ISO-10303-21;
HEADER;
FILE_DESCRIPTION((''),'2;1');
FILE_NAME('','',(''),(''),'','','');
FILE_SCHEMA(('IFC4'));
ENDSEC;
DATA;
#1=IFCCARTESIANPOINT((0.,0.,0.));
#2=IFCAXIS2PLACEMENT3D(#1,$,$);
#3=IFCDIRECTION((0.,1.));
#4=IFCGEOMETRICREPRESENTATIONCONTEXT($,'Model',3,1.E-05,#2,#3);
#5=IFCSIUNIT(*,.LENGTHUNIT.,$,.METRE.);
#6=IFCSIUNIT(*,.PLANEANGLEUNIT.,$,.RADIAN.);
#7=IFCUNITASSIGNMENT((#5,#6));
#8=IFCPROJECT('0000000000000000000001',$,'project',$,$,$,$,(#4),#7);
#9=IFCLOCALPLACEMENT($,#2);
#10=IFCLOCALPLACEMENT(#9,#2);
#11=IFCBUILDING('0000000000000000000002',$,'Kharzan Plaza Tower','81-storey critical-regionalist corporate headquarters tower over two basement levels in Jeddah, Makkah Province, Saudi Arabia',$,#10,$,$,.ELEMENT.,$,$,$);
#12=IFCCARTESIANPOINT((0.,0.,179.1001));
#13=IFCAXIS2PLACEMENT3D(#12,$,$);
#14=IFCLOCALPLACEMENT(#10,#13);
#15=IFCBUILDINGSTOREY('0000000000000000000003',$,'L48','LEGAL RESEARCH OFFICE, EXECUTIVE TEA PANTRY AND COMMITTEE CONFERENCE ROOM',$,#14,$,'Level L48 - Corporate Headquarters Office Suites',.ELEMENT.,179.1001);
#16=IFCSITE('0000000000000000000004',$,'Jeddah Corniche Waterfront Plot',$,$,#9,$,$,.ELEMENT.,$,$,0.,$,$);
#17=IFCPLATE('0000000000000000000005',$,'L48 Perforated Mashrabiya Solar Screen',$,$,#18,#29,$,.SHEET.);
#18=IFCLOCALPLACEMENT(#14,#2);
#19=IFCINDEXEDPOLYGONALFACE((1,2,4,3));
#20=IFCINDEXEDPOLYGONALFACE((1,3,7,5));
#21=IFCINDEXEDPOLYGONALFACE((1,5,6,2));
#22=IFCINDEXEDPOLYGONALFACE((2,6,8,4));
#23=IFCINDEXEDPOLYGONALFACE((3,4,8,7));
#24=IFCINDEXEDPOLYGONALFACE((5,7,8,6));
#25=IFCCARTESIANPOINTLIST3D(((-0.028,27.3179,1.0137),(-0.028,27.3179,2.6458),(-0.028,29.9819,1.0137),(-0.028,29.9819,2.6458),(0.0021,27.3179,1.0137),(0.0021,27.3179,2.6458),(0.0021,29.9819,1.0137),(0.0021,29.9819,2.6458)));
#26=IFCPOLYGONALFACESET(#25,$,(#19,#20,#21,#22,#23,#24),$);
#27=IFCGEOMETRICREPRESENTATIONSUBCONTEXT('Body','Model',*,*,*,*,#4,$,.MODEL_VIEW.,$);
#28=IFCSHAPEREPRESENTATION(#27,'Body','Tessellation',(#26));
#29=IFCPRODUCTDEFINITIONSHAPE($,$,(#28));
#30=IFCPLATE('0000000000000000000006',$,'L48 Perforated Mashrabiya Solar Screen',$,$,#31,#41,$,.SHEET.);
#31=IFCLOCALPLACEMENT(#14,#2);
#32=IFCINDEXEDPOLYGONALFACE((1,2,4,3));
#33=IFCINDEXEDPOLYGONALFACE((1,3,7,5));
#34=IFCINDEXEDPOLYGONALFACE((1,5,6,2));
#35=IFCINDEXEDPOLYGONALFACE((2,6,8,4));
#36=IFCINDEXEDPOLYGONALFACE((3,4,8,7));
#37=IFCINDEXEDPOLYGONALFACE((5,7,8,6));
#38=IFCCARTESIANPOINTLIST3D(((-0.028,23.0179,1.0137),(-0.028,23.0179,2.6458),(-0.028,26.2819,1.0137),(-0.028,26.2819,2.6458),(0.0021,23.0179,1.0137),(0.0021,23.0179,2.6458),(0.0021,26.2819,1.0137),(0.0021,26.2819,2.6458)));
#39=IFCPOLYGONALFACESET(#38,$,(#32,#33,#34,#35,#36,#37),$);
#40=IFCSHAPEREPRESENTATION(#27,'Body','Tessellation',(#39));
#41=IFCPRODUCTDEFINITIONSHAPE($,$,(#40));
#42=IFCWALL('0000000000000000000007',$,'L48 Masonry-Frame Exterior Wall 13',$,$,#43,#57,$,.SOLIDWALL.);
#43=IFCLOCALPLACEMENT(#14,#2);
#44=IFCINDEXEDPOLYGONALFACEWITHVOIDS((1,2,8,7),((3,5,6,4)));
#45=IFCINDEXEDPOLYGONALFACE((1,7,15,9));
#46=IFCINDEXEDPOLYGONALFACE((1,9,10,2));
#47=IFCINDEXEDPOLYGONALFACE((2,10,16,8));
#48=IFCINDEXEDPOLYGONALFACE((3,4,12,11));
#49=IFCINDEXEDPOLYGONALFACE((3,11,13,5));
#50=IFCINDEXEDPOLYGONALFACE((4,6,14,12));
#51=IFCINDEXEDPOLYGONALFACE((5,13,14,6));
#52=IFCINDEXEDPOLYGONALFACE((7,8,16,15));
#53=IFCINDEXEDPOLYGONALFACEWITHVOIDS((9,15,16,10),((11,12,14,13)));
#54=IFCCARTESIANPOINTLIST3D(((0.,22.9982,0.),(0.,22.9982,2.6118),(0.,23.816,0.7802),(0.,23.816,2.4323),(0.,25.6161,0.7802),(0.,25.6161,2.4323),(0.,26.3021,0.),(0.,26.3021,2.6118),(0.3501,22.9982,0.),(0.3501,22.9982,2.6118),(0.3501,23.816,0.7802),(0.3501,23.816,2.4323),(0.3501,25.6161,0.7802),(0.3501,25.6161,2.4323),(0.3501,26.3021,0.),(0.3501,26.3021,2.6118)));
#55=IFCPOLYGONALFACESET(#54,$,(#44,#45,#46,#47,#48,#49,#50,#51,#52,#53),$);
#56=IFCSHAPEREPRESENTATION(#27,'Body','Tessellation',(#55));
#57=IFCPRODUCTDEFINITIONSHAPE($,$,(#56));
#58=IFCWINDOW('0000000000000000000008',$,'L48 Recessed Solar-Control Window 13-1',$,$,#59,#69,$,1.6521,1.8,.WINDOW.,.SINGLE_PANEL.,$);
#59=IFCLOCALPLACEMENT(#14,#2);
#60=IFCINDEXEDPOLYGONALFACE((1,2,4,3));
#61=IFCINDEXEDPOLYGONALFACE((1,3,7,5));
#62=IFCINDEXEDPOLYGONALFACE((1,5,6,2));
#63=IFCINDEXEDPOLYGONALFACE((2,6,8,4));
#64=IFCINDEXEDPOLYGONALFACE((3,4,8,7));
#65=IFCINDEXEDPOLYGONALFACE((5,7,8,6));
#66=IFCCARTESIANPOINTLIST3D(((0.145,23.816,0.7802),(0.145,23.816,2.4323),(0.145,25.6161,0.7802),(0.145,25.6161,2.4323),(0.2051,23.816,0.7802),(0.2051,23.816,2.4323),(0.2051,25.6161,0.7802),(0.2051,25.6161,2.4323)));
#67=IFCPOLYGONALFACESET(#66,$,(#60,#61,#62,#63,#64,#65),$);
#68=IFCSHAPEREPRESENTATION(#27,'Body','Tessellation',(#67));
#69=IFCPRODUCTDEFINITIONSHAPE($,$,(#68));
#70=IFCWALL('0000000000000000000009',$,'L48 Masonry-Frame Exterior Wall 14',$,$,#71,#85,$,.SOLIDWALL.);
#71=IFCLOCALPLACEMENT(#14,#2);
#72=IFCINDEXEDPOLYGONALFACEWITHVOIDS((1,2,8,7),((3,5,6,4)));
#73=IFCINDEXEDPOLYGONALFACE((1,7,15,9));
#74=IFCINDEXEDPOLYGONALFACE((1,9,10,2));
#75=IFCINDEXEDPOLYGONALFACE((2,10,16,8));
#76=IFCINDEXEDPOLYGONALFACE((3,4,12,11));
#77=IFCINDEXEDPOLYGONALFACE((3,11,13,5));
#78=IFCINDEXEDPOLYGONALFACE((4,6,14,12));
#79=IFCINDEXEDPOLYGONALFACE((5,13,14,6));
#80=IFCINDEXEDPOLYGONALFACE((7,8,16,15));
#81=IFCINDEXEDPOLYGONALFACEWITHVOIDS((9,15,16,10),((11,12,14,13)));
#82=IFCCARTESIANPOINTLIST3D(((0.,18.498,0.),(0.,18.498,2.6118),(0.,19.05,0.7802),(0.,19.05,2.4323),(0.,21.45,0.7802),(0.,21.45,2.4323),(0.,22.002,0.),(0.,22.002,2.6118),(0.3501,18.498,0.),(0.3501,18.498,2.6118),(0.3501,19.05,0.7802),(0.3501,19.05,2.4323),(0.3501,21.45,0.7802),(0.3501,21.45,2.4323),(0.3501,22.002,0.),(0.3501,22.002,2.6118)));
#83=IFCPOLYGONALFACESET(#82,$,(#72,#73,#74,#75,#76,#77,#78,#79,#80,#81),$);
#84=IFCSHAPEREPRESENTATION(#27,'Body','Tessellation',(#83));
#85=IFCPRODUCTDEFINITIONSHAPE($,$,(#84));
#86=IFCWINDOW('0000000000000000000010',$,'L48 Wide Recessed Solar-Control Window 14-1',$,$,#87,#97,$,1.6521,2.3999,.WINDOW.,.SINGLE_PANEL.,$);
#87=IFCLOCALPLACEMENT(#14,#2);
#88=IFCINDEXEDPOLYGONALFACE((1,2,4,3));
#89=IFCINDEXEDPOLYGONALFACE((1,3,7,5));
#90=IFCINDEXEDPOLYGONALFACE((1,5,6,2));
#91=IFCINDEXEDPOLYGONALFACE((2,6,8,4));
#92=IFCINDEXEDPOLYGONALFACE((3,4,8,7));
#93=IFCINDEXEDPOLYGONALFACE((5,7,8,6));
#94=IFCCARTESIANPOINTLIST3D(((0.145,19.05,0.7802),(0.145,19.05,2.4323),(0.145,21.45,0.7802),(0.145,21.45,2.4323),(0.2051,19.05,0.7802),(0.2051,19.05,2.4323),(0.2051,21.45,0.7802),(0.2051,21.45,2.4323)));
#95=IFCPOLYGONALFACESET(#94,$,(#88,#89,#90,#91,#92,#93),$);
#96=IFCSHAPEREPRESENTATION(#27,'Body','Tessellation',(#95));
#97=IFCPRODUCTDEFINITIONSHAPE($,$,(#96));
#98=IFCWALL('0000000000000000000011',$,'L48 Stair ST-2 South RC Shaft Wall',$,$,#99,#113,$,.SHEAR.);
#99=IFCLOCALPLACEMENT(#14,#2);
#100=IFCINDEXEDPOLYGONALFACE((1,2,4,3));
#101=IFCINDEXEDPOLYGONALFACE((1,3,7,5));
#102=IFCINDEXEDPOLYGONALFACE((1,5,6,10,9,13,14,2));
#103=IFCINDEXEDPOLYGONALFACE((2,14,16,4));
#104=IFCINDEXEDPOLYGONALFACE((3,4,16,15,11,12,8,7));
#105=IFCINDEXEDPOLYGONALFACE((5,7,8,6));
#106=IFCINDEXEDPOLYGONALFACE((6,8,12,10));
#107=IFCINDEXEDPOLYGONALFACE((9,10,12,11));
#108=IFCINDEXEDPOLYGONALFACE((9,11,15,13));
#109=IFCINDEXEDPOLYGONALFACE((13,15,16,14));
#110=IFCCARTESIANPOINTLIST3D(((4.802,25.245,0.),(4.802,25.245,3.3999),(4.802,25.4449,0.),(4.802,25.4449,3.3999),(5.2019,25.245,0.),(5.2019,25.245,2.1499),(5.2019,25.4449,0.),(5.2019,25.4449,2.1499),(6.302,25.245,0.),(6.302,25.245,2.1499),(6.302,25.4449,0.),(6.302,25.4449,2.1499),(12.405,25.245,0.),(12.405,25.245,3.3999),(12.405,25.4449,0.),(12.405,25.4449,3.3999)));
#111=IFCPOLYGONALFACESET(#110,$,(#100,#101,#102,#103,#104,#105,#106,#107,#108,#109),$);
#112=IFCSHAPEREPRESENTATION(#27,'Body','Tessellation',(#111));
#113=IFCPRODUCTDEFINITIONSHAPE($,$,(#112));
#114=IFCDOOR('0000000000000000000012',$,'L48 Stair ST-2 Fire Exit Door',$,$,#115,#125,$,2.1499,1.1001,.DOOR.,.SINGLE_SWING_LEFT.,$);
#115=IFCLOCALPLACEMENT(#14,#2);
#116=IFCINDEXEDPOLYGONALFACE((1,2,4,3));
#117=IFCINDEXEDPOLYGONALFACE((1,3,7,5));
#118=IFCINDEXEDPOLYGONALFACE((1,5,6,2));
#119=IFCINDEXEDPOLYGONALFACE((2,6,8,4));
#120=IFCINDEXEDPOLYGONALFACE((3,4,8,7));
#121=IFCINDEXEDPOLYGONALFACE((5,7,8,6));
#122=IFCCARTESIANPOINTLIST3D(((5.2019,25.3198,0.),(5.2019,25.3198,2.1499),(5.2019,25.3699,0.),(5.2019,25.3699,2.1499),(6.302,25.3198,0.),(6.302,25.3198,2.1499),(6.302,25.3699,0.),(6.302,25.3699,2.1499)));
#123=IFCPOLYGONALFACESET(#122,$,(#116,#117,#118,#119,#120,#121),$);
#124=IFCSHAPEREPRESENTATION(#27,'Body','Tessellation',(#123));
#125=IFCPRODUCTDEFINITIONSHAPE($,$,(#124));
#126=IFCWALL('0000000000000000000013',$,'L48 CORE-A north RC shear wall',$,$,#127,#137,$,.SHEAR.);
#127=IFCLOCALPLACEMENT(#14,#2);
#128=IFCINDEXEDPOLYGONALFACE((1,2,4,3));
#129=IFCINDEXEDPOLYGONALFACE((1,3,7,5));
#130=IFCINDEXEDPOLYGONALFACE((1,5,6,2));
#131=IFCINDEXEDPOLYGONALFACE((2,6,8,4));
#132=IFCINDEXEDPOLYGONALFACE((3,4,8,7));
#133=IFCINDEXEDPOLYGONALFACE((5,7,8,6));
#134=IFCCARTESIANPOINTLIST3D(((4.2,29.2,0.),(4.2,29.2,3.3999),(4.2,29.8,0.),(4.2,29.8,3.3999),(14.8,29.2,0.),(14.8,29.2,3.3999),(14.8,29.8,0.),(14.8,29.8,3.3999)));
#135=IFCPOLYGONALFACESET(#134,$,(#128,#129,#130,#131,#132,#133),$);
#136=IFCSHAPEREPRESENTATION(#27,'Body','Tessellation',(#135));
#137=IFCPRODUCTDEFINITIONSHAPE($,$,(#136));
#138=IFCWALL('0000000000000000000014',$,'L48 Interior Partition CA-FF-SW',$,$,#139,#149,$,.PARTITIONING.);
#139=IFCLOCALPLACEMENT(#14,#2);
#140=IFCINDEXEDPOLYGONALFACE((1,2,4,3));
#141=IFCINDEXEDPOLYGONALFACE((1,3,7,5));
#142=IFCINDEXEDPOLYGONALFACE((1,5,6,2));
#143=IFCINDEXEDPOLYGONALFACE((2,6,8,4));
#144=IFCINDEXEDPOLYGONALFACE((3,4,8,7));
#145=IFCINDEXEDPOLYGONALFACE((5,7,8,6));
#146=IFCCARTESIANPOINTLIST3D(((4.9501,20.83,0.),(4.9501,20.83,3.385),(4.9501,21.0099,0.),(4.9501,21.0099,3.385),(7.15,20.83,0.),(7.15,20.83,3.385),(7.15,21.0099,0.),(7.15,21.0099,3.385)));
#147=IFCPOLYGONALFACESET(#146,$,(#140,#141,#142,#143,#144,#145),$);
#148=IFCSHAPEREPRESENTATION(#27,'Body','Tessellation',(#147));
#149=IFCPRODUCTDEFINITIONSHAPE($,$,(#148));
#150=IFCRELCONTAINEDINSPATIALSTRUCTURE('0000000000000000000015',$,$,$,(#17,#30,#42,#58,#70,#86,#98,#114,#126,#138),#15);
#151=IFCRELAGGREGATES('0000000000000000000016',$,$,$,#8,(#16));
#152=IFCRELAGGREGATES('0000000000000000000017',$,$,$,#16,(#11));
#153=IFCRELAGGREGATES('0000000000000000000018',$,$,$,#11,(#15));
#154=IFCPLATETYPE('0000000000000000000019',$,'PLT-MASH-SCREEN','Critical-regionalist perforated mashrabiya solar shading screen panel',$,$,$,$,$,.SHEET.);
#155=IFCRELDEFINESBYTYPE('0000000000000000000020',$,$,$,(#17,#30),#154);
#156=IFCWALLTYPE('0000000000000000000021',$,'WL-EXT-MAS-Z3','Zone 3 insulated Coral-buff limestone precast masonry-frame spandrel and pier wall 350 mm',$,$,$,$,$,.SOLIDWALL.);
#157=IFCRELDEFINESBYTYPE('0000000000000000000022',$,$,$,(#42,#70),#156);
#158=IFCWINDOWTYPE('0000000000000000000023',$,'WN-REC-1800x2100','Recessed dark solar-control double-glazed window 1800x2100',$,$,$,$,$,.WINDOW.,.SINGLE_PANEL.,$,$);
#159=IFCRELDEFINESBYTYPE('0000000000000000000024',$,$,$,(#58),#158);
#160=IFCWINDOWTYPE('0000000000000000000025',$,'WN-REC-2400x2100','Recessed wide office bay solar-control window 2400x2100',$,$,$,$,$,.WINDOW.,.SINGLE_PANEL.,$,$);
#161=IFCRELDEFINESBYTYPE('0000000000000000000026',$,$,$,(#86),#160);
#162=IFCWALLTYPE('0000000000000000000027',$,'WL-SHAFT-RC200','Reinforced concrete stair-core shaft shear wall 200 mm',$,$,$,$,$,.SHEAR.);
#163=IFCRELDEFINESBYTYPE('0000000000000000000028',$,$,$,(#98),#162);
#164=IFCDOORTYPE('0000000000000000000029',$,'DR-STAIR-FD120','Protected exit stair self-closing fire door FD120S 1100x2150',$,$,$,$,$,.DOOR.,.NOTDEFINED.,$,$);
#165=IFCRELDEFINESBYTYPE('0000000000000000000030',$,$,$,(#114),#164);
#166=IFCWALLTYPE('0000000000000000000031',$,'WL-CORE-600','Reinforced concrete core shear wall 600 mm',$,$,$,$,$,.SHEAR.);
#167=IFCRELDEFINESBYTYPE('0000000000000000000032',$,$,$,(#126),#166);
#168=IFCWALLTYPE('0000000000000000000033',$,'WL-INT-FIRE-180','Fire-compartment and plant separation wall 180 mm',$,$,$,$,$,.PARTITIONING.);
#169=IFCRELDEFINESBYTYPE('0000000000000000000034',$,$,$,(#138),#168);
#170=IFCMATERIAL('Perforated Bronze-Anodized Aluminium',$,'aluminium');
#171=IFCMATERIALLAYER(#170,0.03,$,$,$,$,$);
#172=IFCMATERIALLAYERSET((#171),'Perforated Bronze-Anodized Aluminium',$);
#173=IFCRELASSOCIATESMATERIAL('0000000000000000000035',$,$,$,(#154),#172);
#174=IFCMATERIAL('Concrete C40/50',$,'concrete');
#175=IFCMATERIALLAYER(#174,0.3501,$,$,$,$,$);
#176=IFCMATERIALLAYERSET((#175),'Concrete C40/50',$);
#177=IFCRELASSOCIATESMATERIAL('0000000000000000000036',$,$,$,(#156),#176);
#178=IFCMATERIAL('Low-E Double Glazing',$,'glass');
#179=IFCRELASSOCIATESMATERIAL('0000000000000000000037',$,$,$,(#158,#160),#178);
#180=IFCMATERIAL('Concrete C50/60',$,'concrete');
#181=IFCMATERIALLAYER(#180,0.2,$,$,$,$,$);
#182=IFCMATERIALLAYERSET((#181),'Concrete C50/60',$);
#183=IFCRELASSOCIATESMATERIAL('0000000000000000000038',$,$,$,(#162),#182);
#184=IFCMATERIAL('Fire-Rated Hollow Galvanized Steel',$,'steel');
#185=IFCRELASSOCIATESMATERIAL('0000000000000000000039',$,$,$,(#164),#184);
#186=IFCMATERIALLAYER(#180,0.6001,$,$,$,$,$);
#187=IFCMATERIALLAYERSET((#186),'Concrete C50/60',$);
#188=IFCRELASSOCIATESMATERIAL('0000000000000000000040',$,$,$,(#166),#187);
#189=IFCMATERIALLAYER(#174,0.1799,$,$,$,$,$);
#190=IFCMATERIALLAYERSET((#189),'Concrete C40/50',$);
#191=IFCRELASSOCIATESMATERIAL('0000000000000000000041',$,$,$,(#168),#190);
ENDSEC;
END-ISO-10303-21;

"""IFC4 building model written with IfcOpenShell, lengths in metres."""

from ifc_helpers import new_model, si_unit, direction, frame, frame_2d, origin, origin_2d, place, context, subcontext, project, spatial, rectangle, extrude, source, transform, mapped, material, layer, layer_set, type_object, element, fill, save


model = new_model("IFC4")

# Units and contexts
model_context = context("Model", 3, precision=1e-05, world=origin(), true_north=direction((0.0, 1.0)))
body_context = subcontext(model_context, "Body", "Model", "MODEL_VIEW")
ifc_project = project(units=[si_unit("LENGTHUNIT", "METRE"), si_unit("PLANEANGLEUNIT", "RADIAN")], contexts=[model_context])

# Site, building, storey
site_placement = place(None, origin())
site = spatial("IfcSite", under=ifc_project, at=site_placement, Name="Jeddah Corniche Waterfront Plot", CompositionType="ELEMENT", RefElevation=0.0)
building_placement = place(site_placement, origin())
building = spatial("IfcBuilding", under=site, at=building_placement, Name="Kharzan Plaza Tower", Description="81-storey critical-regionalist corporate headquarters tower over two basement levels in Jeddah, Makkah Province, Saudi Arabia", CompositionType="ELEMENT")
storey_placement = place(building_placement, frame((0.0, 0.0, 179.1001)))
storey = spatial("IfcBuildingStorey", under=building, at=storey_placement, Name="L48", Description="LEGAL RESEARCH OFFICE, EXECUTIVE TEA PANTRY AND COMMITTEE CONFERENCE ROOM", LongName="Level L48 - Corporate Headquarters Office Suites", CompositionType="ELEMENT", Elevation=179.1001)

# Shared definitions
ifc_material_1 = material(Name="Concrete C50/60", Category="concrete")

# Plates
ifc_material_2 = material(Name="Perforated Bronze-Anodized Aluminium", Category="aluminium")
ifc_layer_1 = layer(ifc_material_2, 0.03)
ifc_layer_set_1 = layer_set([ifc_layer_1], Name="Perforated Bronze-Anodized Aluminium")
plate_type = type_object("IfcPlateType", Name="PLT-MASH-SCREEN", Description="Critical-regionalist perforated mashrabiya solar shading screen panel", PredefinedType="SHEET", material=ifc_layer_set_1)
shared_shape_1 = source(origin(), body_context, "Body", "SweptSolid", [
    extrude(rectangle(XDim=2.6641, YDim=0.03, at=origin_2d()), origin(), (0.0, 0.0, 1.0), 1.6321),
])
plate_1_placement = place(storey_placement, frame((-0.0129, 28.6499, 1.0137), z_axis=(0.0, 0.0, 1.0), x_axis=(0.0, -1.0, 0.0)))
element("IfcPlate", 1, at=plate_1_placement, inside=storey, type_object=plate_type, Name="L48 Perforated Mashrabiya Solar Screen", PredefinedType="SHEET", context=body_context, shape_type="MappedRepresentation", body=[
    mapped(shared_shape_1, transform((0.0, 0.0, 0.0), x_axis=(1.0, 0.0, 0.0), y_axis=(0.0, 1.0, 0.0), z_axis=(0.0, 0.0, 1.0))),
])
shared_shape_2 = source(origin(), body_context, "Body", "SweptSolid", [
    extrude(rectangle(XDim=3.2639, YDim=0.03, at=origin_2d()), origin(), (0.0, 0.0, 1.0), 1.6321),
])
plate_2_placement = place(storey_placement, frame((-0.0129, 24.6499, 1.0137), z_axis=(0.0, 0.0, 1.0), x_axis=(0.0, -1.0, 0.0)))
element("IfcPlate", 2, at=plate_2_placement, inside=storey, type_object=plate_type, Name="L48 Perforated Mashrabiya Solar Screen", PredefinedType="SHEET", context=body_context, shape_type="MappedRepresentation", body=[
    mapped(shared_shape_2, transform((0.0, 0.0, 0.0), x_axis=(1.0, 0.0, 0.0), y_axis=(0.0, 1.0, 0.0), z_axis=(0.0, 0.0, 1.0))),
])

# Walls, openings, windows
ifc_material_3 = material(Name="Concrete C40/50", Category="concrete")
ifc_layer_2 = layer(ifc_material_3, 0.3501)
ifc_layer_set_2 = layer_set([ifc_layer_2], Name="Concrete C40/50")
wall_type_1 = type_object("IfcWallType", Name="WL-EXT-MAS-Z3", Description="Zone 3 insulated Coral-buff limestone precast masonry-frame spandrel and pier wall 350 mm", PredefinedType="SOLIDWALL", material=ifc_layer_set_2)
wall_1_placement = place(storey_placement, frame((0.175, 26.302, 0.0), z_axis=(0.0, 0.0, 1.0), x_axis=(0.0, -1.0, 0.0)))
wall_1 = element("IfcWall", 3, at=wall_1_placement, inside=storey, type_object=wall_type_1, Name="L48 Masonry-Frame Exterior Wall 13", PredefinedType="SOLIDWALL", context=body_context, shape_type="SweptSolid", body=[
    extrude(rectangle(XDim=3.304, YDim=0.3501, at=frame_2d((1.6519, 0.0))), origin(), (0.0, 0.0, 1.0), 2.6118),
])
opening_1_placement = place(wall_1_placement, frame((0.686, 0.0, 0.78)))
opening_1 = element("IfcOpeningElement", 4, at=opening_1_placement, cuts=wall_1, PredefinedType="OPENING", context=body_context, shape_type="SweptSolid", body=[
    extrude(rectangle(XDim=1.8, YDim=1.6521, at=frame_2d((0.8999, 0.8262))), frame((0.0, 0.1851, 0.0), z_axis=(0.0, -1.0, 0.0), x_axis=(1.0, 0.0, 0.0)), (0.0, 0.0, 1.0), 0.3701),
])
ifc_material_4 = material(Name="Low-E Double Glazing", Category="glass")
window_type_1 = type_object("IfcWindowType", Name="WN-REC-1800x2100", Description="Recessed dark solar-control double-glazed window 1800x2100", PartitioningType="SINGLE_PANEL", PredefinedType="WINDOW", material=ifc_material_4)
shared_shape_3 = source(origin(), body_context, "Body", "SweptSolid", [
    extrude(rectangle(XDim=1.8, YDim=1.6521, at=frame_2d((0.8999, 0.8262))), frame((0.0, 0.03, 0.0), z_axis=(0.0, -1.0, 0.0), x_axis=(1.0, 0.0, 0.0)), (0.0, 0.0, 1.0), 0.0601),
])
window_1_placement = place(opening_1_placement, origin())
window_1 = element("IfcWindow", 5, at=window_1_placement, inside=storey, type_object=window_type_1, Name="L48 Recessed Solar-Control Window 13-1", OverallHeight=1.6521, OverallWidth=1.8, PartitioningType="SINGLE_PANEL", PredefinedType="WINDOW", context=body_context, shape_type="MappedRepresentation", body=[
    mapped(shared_shape_3, transform((0.0, 0.0, 0.0), x_axis=(1.0, 0.0, 0.0), y_axis=(0.0, 1.0, 0.0), z_axis=(0.0, 0.0, 1.0))),
])
fill(opening_1, window_1)
wall_2_placement = place(storey_placement, frame((0.175, 22.002, 0.0), z_axis=(0.0, 0.0, 1.0), x_axis=(0.0, -1.0, 0.0)))
wall_2 = element("IfcWall", 6, at=wall_2_placement, inside=storey, type_object=wall_type_1, Name="L48 Masonry-Frame Exterior Wall 14", PredefinedType="SOLIDWALL", context=body_context, shape_type="SweptSolid", body=[
    extrude(rectangle(XDim=3.5039, YDim=0.3501, at=frame_2d((1.752, 0.0))), origin(), (0.0, 0.0, 1.0), 2.6118),
])
opening_2_placement = place(wall_2_placement, frame((0.552, 0.0, 0.78)))
opening_2 = element("IfcOpeningElement", 7, at=opening_2_placement, cuts=wall_2, PredefinedType="OPENING", context=body_context, shape_type="SweptSolid", body=[
    extrude(rectangle(XDim=2.3999, YDim=1.6521, at=frame_2d((1.2, 0.8262))), frame((0.0, 0.1851, 0.0), z_axis=(0.0, -1.0, 0.0), x_axis=(1.0, 0.0, 0.0)), (0.0, 0.0, 1.0), 0.3701),
])
window_type_2 = type_object("IfcWindowType", Name="WN-REC-2400x2100", Description="Recessed wide office bay solar-control window 2400x2100", PartitioningType="SINGLE_PANEL", PredefinedType="WINDOW", material=ifc_material_4)
shared_shape_4 = source(origin(), body_context, "Body", "SweptSolid", [
    extrude(rectangle(XDim=2.3999, YDim=1.6521, at=frame_2d((1.2, 0.8262))), frame((0.0, 0.03, 0.0), z_axis=(0.0, -1.0, 0.0), x_axis=(1.0, 0.0, 0.0)), (0.0, 0.0, 1.0), 0.0601),
])
window_2_placement = place(opening_2_placement, origin())
window_2 = element("IfcWindow", 8, at=window_2_placement, inside=storey, type_object=window_type_2, Name="L48 Wide Recessed Solar-Control Window 14-1", OverallHeight=1.6521, OverallWidth=2.3999, PartitioningType="SINGLE_PANEL", PredefinedType="WINDOW", context=body_context, shape_type="MappedRepresentation", body=[
    mapped(shared_shape_4, transform((0.0, 0.0, 0.0), x_axis=(1.0, 0.0, 0.0), y_axis=(0.0, 1.0, 0.0), z_axis=(0.0, 0.0, 1.0))),
])
fill(opening_2, window_2)

# Wall, opening, door
ifc_layer_3 = layer(ifc_material_1, 0.2)
ifc_layer_set_3 = layer_set([ifc_layer_3], Name="Concrete C50/60")
wall_type_2 = type_object("IfcWallType", Name="WL-SHAFT-RC200", Description="Reinforced concrete stair-core shaft shear wall 200 mm", PredefinedType="SHEAR", material=ifc_layer_set_3)
wall_3_placement = place(storey_placement, frame((4.802, 25.345, 0.0), z_axis=(0.0, 0.0, 1.0), x_axis=(1.0, 0.0, 0.0)))
wall_3 = element("IfcWall", 9, at=wall_3_placement, inside=storey, type_object=wall_type_2, Name="L48 Stair ST-2 South RC Shaft Wall", PredefinedType="SHEAR", context=body_context, shape_type="SweptSolid", body=[
    extrude(rectangle(XDim=7.603, YDim=0.2, at=frame_2d((3.8015, 0.0))), origin(), (0.0, 0.0, 1.0), 3.3999),
])
opening_3_placement = place(wall_3_placement, frame((0.3999, 0.0, 0.0)))
opening_3 = element("IfcOpeningElement", 10, at=opening_3_placement, cuts=wall_3, PredefinedType="OPENING", context=body_context, shape_type="SweptSolid", body=[
    extrude(rectangle(XDim=1.1001, YDim=2.1499, at=frame_2d((0.55, 1.075))), frame((0.0, 0.1099, 0.0), z_axis=(0.0, -1.0, 0.0), x_axis=(1.0, 0.0, 0.0)), (0.0, 0.0, 1.0), 0.22),
])
ifc_material_5 = material(Name="Fire-Rated Hollow Galvanized Steel", Category="steel")
door_type = type_object("IfcDoorType", Name="DR-STAIR-FD120", Description="Protected exit stair self-closing fire door FD120S 1100x2150", OperationType="NOTDEFINED", PredefinedType="DOOR", material=ifc_material_5)
shared_shape_5 = source(origin(), body_context, "Body", "SweptSolid", [
    extrude(rectangle(XDim=1.1001, YDim=2.1499, at=frame_2d((0.55, 1.075))), frame((0.0, 0.0249, 0.0), z_axis=(0.0, -1.0, 0.0), x_axis=(1.0, 0.0, 0.0)), (0.0, 0.0, 1.0), 0.05),
])
door_placement = place(opening_3_placement, origin())
door = element("IfcDoor", 11, at=door_placement, inside=storey, type_object=door_type, Name="L48 Stair ST-2 Fire Exit Door", OperationType="SINGLE_SWING_LEFT", OverallHeight=2.1499, OverallWidth=1.1001, PredefinedType="DOOR", context=body_context, shape_type="MappedRepresentation", body=[
    mapped(shared_shape_5, transform((0.0, 0.0, 0.0), x_axis=(1.0, 0.0, 0.0), y_axis=(0.0, 1.0, 0.0), z_axis=(0.0, 0.0, 1.0))),
])
fill(opening_3, door)

# Walls
ifc_layer_4 = layer(ifc_material_1, 0.6001)
ifc_layer_set_4 = layer_set([ifc_layer_4], Name="Concrete C50/60")
wall_type_3 = type_object("IfcWallType", Name="WL-CORE-600", Description="Reinforced concrete core shear wall 600 mm", PredefinedType="SHEAR", material=ifc_layer_set_4)
shared_shape_6 = source(origin(), body_context, "Body", "SweptSolid", [
    extrude(rectangle(XDim=10.6001, YDim=0.6001, at=frame_2d((5.3, 0.0))), origin(), (0.0, 0.0, 1.0), 3.3999),
])
wall_4_placement = place(storey_placement, frame((4.2, 29.5, 0.0), z_axis=(0.0, 0.0, 1.0), x_axis=(1.0, 0.0, 0.0)))
element("IfcWall", 12, at=wall_4_placement, inside=storey, type_object=wall_type_3, Name="L48 CORE-A north RC shear wall", PredefinedType="SHEAR", context=body_context, shape_type="MappedRepresentation", body=[
    mapped(shared_shape_6, transform((0.0, 0.0, 0.0), x_axis=(1.0, 0.0, 0.0), y_axis=(0.0, 1.0, 0.0), z_axis=(0.0, 0.0, 1.0))),
])
ifc_layer_5 = layer(ifc_material_3, 0.1799)
ifc_layer_set_5 = layer_set([ifc_layer_5], Name="Concrete C40/50")
wall_type_4 = type_object("IfcWallType", Name="WL-INT-FIRE-180", Description="Fire-compartment and plant separation wall 180 mm", PredefinedType="PARTITIONING", material=ifc_layer_set_5)
shared_shape_7 = source(origin(), body_context, "Body", "SweptSolid", [
    extrude(rectangle(XDim=2.2, YDim=0.1799, at=frame_2d((1.1001, 0.0))), origin(), (0.0, 0.0, 1.0), 3.385),
])
wall_5_placement = place(storey_placement, frame((4.95, 20.9199, 0.0), z_axis=(0.0, 0.0, 1.0), x_axis=(1.0, 0.0, 0.0)))
element("IfcWall", 13, at=wall_5_placement, inside=storey, type_object=wall_type_4, Name="L48 Interior Partition CA-FF-SW", PredefinedType="PARTITIONING", context=body_context, shape_type="MappedRepresentation", body=[
    mapped(shared_shape_7, transform((0.0, 0.0, 0.0), x_axis=(1.0, 0.0, 0.0), y_axis=(0.0, 1.0, 0.0), z_axis=(0.0, 0.0, 1.0))),
])

save(model, "model.ifc")
